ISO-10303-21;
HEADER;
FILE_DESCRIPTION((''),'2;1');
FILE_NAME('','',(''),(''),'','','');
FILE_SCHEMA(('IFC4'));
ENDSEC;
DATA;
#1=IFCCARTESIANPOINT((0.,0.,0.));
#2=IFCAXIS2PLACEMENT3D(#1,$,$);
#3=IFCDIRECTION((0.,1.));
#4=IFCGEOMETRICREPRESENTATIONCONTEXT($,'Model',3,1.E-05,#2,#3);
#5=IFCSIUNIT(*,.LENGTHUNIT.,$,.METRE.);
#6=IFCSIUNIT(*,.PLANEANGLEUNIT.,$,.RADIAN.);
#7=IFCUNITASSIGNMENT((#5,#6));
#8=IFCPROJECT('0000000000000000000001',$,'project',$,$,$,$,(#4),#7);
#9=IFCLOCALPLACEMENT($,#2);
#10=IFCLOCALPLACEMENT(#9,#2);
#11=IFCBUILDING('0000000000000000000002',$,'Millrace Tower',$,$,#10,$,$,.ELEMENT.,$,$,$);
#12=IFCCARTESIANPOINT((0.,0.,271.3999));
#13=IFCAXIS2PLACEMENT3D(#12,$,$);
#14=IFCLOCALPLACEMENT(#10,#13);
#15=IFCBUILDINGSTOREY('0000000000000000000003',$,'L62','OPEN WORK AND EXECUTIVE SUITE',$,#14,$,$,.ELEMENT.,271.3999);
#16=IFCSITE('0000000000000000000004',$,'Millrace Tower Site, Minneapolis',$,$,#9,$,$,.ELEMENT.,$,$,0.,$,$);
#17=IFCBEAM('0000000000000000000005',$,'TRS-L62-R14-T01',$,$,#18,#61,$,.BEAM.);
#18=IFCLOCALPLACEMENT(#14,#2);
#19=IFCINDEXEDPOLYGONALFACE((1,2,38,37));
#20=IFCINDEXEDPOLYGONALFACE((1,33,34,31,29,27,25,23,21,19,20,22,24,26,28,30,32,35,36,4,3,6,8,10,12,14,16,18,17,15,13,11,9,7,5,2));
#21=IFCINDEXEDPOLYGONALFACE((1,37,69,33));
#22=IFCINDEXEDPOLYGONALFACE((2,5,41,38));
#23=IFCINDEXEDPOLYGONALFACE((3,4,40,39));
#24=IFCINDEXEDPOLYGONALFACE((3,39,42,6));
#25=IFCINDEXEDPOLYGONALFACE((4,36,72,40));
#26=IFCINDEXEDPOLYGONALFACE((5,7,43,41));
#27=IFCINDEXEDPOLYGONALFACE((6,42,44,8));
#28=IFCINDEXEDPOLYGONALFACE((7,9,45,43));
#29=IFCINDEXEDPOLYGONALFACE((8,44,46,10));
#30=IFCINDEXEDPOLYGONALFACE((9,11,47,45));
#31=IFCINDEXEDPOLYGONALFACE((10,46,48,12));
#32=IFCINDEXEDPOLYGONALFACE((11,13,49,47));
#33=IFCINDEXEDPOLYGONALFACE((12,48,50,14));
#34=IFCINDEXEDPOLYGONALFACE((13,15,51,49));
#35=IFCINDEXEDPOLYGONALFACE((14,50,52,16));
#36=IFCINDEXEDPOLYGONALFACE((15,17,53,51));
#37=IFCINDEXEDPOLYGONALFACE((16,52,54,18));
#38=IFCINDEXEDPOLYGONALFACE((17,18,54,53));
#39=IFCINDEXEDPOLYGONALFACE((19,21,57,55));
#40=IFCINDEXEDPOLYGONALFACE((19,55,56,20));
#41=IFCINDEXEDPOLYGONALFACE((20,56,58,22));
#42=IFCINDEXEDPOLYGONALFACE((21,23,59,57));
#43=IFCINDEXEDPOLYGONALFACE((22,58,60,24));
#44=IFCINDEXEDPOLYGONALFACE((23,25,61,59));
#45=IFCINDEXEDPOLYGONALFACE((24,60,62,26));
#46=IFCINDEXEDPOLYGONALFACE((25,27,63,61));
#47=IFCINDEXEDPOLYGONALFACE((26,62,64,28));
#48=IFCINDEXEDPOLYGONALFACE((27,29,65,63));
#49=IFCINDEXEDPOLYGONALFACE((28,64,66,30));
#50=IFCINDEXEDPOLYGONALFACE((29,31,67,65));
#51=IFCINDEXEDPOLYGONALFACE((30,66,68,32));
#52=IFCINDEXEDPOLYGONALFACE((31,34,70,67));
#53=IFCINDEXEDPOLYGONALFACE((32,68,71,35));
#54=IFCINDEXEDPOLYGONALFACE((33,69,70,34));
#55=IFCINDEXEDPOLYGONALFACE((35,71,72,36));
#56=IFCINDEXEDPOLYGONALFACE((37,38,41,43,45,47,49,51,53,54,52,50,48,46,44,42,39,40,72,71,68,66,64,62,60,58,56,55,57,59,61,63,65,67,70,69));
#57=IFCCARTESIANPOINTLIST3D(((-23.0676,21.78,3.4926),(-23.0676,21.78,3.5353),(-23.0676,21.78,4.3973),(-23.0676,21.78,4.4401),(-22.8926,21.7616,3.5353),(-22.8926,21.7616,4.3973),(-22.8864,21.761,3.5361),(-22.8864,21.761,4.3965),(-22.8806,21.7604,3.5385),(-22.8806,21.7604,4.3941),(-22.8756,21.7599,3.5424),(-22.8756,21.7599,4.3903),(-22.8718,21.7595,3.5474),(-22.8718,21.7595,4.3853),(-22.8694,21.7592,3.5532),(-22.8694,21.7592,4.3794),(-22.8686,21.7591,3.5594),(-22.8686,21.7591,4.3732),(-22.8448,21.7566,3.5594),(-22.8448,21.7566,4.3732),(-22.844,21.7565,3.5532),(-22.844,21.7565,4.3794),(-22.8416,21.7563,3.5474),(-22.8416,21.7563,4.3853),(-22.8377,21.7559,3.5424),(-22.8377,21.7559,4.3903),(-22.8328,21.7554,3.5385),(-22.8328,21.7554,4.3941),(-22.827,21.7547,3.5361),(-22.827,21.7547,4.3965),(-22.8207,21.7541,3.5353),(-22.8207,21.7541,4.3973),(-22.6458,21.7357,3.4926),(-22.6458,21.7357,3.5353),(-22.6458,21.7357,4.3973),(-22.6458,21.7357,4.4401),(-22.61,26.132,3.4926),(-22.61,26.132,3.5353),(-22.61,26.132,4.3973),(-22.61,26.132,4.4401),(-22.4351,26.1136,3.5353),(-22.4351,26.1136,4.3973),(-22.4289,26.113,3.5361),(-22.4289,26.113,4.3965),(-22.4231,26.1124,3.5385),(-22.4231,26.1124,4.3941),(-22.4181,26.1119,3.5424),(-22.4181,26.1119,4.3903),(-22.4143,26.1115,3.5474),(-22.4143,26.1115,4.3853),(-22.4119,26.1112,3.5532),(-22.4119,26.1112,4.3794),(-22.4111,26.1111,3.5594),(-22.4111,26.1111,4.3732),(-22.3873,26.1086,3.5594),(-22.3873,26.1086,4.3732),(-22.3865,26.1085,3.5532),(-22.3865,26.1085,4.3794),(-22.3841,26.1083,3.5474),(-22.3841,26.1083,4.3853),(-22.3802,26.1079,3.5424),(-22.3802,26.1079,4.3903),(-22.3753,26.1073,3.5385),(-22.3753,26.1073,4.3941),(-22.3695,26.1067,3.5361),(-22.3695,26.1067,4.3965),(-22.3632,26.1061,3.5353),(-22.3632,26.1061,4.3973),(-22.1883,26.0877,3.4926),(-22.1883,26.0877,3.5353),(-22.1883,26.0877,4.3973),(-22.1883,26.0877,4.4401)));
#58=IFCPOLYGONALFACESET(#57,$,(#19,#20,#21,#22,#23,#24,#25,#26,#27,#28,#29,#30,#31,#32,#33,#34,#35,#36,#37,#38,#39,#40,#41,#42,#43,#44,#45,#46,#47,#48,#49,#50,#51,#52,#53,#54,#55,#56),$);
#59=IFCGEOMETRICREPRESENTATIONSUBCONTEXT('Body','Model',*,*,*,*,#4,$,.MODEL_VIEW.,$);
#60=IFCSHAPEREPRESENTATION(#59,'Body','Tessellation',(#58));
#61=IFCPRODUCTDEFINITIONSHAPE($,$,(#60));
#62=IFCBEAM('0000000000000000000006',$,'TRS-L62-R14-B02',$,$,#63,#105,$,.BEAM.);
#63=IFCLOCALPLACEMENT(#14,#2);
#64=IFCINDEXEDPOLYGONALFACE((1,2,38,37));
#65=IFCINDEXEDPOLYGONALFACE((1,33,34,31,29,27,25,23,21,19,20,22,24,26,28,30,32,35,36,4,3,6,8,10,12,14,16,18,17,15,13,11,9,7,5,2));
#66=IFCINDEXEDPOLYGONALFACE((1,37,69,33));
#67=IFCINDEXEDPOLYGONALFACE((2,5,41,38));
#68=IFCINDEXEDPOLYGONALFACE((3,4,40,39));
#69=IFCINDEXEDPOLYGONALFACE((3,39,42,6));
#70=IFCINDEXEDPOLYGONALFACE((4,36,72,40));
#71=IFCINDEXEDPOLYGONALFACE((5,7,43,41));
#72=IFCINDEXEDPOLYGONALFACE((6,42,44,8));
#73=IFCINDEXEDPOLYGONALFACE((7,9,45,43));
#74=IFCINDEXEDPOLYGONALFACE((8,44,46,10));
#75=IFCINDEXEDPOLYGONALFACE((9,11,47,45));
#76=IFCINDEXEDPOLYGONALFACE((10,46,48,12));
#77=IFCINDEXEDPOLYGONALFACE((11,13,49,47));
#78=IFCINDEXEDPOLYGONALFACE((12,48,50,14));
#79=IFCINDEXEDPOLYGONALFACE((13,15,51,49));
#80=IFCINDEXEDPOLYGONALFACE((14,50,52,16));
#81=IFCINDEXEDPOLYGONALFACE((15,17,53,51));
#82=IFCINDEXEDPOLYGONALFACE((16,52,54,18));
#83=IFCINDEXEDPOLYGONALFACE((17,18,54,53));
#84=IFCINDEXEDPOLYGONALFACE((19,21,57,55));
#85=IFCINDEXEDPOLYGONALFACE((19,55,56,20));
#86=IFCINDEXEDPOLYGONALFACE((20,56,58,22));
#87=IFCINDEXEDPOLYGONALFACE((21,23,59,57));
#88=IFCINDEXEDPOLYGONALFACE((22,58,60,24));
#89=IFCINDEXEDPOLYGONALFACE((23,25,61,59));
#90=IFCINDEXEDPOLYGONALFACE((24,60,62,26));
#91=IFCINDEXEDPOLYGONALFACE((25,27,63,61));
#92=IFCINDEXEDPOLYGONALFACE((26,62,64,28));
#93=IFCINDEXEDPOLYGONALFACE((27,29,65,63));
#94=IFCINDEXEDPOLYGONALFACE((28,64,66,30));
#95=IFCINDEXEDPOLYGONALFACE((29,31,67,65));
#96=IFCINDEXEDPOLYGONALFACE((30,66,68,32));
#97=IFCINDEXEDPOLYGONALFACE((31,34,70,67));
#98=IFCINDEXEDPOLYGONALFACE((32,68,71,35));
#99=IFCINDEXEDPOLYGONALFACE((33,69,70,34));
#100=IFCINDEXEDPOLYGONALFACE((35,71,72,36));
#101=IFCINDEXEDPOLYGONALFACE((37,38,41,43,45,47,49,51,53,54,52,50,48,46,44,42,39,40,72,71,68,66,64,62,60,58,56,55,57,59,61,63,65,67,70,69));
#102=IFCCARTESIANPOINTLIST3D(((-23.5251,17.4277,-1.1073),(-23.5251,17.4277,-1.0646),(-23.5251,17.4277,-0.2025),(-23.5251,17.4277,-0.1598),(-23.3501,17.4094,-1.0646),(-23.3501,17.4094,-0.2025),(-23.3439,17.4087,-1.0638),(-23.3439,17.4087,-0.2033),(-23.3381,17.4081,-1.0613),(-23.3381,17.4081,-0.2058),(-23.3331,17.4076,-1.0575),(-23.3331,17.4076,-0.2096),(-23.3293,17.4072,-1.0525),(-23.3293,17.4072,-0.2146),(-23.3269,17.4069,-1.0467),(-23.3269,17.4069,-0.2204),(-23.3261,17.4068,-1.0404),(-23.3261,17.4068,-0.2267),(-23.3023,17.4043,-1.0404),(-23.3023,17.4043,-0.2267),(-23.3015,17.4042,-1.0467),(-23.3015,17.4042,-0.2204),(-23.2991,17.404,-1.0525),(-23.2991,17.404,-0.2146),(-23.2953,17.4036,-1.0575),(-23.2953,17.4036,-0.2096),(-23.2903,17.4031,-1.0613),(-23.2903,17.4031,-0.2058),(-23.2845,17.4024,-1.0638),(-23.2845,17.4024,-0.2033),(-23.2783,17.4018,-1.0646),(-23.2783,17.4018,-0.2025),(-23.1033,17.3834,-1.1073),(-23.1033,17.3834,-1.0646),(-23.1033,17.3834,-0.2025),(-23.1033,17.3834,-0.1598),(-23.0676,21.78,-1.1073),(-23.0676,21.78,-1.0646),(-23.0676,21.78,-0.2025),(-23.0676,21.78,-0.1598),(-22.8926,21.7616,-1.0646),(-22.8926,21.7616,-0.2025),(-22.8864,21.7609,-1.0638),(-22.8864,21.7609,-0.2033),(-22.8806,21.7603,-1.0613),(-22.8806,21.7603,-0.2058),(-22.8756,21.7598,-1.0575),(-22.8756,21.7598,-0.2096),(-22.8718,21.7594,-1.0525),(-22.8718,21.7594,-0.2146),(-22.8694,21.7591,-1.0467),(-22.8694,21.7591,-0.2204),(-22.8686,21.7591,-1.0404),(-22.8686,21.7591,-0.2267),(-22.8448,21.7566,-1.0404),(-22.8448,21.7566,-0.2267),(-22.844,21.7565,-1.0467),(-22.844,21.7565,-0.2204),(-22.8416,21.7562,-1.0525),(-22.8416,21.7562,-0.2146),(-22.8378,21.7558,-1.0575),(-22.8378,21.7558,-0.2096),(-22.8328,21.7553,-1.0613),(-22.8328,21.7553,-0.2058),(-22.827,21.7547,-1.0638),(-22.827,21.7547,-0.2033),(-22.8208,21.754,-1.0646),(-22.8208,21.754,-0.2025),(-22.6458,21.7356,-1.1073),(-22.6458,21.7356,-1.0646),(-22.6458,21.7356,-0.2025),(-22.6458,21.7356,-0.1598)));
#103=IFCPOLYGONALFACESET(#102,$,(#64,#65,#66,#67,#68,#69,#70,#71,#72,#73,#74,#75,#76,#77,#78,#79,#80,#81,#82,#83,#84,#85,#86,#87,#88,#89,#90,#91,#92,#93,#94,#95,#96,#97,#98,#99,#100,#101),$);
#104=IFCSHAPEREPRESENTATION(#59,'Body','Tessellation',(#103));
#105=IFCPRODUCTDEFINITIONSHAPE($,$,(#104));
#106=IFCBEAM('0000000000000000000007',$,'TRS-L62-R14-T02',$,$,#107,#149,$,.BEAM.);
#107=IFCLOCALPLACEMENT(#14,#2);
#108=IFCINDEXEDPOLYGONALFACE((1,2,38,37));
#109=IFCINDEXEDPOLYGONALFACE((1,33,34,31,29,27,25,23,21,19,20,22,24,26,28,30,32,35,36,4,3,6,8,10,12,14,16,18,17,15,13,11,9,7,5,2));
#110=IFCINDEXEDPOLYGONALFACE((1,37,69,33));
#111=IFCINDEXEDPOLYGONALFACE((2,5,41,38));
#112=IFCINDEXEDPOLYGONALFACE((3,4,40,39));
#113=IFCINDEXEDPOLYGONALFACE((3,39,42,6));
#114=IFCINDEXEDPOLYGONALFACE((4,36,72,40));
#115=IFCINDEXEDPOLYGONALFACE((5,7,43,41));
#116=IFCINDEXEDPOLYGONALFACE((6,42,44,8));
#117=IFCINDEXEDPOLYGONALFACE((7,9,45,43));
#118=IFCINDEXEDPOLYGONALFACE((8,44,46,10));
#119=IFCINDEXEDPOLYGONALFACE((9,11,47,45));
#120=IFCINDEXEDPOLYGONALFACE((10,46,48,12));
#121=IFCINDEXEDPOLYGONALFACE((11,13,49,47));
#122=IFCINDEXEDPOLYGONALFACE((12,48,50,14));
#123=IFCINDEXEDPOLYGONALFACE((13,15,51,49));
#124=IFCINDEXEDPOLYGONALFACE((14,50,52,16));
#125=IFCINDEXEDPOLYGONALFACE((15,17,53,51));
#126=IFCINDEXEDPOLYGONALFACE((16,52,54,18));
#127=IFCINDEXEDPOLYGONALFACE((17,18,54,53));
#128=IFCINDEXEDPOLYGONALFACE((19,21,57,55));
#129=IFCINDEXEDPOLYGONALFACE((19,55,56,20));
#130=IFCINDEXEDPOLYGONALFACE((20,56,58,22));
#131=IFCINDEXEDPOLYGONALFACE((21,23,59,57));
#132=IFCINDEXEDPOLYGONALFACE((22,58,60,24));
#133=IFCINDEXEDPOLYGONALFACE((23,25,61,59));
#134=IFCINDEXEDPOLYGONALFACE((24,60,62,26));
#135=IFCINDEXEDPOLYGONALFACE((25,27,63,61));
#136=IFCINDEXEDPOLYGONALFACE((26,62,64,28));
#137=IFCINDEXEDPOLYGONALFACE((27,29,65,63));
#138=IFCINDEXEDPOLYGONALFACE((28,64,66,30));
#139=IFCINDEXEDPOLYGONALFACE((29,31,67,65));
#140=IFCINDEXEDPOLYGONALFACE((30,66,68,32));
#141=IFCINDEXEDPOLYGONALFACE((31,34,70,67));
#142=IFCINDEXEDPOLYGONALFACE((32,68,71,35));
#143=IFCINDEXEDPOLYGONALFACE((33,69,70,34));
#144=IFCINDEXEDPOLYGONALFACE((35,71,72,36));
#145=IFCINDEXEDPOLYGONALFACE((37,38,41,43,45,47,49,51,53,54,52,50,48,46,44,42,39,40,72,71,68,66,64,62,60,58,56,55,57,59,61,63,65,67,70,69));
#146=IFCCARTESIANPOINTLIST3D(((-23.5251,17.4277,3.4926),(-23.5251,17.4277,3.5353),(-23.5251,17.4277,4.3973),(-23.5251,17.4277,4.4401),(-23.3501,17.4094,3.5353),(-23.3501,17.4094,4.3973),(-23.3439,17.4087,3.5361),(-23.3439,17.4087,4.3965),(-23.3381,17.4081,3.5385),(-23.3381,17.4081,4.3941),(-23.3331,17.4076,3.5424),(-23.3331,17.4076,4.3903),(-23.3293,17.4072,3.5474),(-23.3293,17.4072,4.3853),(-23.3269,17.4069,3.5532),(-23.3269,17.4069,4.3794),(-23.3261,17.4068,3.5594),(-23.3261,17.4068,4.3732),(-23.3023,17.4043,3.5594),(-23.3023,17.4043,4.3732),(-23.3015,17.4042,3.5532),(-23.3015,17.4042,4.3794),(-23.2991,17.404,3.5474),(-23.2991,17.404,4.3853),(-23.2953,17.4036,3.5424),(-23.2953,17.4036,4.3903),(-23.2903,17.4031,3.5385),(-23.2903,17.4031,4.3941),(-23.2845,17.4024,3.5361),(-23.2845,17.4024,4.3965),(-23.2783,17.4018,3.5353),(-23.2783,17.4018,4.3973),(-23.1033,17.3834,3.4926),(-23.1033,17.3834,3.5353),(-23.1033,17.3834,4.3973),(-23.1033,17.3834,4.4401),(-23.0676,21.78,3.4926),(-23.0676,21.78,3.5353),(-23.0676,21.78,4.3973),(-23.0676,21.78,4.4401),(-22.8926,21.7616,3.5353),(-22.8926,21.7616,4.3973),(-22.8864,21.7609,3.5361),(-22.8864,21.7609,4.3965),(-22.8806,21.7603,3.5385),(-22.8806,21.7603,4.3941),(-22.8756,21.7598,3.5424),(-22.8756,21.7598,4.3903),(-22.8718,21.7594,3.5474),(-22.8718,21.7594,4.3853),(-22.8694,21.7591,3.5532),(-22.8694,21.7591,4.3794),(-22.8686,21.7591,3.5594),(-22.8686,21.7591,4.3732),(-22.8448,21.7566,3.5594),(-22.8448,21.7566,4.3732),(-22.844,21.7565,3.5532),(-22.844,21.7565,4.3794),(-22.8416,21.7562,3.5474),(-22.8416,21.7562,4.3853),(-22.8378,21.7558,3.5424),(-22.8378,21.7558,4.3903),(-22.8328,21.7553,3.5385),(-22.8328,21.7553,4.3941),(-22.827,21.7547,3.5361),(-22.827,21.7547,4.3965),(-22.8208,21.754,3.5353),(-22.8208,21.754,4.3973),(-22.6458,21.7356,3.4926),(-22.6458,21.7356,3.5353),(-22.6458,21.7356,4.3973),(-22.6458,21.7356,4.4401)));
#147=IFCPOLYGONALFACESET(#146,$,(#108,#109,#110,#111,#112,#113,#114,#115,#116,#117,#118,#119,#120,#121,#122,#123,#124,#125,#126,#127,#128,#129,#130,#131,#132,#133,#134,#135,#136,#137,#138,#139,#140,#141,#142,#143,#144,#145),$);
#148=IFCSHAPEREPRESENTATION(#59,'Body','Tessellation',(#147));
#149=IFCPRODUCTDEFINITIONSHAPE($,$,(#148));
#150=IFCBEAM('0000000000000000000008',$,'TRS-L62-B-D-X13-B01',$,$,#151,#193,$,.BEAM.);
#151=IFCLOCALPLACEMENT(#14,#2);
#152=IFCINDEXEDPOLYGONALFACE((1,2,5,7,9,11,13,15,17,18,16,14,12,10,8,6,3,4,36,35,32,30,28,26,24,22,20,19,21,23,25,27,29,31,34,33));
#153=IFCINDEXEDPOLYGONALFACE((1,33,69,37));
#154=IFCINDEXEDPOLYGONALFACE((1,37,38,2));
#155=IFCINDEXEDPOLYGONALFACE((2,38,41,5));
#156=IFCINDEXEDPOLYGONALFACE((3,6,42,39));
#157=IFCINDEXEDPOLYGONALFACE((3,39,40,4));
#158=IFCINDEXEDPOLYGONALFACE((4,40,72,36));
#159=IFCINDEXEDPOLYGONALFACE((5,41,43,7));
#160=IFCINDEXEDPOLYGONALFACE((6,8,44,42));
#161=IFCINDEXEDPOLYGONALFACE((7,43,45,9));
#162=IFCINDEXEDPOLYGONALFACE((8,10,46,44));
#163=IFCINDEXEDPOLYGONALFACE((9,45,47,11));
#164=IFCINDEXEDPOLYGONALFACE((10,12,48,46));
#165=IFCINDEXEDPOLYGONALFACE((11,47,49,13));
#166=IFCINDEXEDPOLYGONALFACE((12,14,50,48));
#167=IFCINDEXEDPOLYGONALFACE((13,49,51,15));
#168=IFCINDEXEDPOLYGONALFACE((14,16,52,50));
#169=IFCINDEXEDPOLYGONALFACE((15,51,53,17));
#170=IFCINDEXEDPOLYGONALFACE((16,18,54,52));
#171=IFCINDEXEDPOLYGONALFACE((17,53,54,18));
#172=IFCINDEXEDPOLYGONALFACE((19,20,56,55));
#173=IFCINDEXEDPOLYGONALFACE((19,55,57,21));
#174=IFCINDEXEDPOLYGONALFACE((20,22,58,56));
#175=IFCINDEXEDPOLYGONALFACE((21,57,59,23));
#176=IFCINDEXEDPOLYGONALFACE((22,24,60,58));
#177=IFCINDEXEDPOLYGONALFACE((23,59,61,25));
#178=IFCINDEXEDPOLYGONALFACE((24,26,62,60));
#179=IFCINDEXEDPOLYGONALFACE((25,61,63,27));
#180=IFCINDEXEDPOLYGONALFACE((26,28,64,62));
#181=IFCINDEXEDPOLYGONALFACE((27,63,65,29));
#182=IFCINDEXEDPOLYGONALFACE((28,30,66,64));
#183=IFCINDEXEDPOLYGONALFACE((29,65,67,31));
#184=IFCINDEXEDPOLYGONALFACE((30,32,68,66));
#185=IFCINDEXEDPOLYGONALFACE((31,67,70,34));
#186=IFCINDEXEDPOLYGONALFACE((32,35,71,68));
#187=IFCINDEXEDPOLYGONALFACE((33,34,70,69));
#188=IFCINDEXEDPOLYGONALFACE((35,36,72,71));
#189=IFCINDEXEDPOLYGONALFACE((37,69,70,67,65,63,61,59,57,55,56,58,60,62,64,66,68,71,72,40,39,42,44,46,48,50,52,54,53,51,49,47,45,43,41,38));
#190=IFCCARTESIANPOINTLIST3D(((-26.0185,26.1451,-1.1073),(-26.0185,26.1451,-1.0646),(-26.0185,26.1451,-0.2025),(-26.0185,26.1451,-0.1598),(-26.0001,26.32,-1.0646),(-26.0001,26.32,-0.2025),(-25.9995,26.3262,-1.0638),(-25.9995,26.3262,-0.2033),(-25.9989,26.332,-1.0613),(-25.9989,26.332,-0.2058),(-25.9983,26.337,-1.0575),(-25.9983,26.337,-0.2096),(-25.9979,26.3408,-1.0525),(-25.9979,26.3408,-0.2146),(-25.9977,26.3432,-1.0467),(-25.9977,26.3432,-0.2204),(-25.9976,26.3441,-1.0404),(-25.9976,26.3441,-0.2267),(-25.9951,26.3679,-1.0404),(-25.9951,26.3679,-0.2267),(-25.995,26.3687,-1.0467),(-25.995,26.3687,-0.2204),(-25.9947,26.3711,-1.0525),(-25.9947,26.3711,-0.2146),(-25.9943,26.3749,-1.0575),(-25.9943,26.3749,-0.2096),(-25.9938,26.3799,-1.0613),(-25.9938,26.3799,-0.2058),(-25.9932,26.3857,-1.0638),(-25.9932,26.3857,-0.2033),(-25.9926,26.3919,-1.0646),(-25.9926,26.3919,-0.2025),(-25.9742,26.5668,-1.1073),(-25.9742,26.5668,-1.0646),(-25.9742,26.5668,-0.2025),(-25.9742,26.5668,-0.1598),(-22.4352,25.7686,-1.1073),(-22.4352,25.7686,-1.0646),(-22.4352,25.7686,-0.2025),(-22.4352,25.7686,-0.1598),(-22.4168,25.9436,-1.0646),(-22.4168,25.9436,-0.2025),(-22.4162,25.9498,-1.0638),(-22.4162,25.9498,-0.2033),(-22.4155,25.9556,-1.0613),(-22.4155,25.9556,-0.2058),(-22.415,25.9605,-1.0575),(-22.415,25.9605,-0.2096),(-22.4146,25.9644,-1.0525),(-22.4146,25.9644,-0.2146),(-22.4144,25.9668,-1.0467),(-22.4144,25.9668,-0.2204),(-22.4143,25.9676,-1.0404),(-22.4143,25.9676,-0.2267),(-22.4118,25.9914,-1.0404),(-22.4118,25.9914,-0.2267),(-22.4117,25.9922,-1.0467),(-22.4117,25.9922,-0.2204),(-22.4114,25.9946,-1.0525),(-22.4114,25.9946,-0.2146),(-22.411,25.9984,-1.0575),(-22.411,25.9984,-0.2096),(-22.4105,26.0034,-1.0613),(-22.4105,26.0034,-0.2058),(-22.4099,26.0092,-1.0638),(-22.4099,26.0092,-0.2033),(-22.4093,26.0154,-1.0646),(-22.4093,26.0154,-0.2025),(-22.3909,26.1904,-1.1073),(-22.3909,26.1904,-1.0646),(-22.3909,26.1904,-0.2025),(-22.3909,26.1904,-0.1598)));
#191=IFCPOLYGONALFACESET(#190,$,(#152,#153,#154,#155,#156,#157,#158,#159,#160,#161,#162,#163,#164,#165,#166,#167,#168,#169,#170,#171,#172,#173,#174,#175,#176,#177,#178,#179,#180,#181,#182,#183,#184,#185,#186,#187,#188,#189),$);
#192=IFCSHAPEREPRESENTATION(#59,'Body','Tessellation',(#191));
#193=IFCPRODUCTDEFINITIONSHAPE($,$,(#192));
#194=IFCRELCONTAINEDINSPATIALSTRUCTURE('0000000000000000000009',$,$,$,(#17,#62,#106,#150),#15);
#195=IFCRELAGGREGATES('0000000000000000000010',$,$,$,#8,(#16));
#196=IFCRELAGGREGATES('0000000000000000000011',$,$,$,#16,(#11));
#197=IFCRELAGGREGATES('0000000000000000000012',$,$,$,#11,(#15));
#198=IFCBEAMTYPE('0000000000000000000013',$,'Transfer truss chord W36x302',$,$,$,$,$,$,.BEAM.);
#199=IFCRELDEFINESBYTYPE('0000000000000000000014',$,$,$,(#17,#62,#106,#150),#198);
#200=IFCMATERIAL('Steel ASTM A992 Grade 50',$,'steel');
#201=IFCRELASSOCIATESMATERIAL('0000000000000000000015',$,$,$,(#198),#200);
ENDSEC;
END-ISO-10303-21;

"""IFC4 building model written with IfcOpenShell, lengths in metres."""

from ifc_helpers import new_model, si_unit, direction, frame, origin, origin_2d, place, context, subcontext, project, spatial, i_section, extrude, material, material_profile, profile_set, type_object, element, save


model = new_model("IFC4")

# Units and contexts
model_context = context("Model", 3, precision=1e-05, world=origin(), true_north=direction((0.0, 1.0)))
body_context = subcontext(model_context, "Body", "Model", "MODEL_VIEW")
ifc_project = project(units=[si_unit("LENGTHUNIT", "METRE"), si_unit("PLANEANGLEUNIT", "RADIAN")], contexts=[model_context])

# Site, building, storey
site_placement = place(None, origin())
site = spatial("IfcSite", under=ifc_project, at=site_placement, Name="Millrace Tower Site, Minneapolis", CompositionType="ELEMENT", RefElevation=0.0)
building_placement = place(site_placement, origin())
building = spatial("IfcBuilding", under=site, at=building_placement, Name="Millrace Tower", CompositionType="ELEMENT")
storey_placement = place(building_placement, frame((0.0, 0.0, 271.3999)))
storey = spatial("IfcBuildingStorey", under=building, at=storey_placement, Name="L62", Description="OPEN WORK AND EXECUTIVE SUITE", CompositionType="ELEMENT", Elevation=271.3999)

# Beams
ifc_material_1 = material(Name="Steel ASTM A992 Grade 50", Category="steel")
ifc_material_profile_1 = material_profile(ifc_material_1, i_section(OverallWidth=0.4241, OverallDepth=0.9475, WebThickness=0.0239, FlangeThickness=0.0427, FilletRadius=0.0242, at=origin_2d()))
ifc_profile_set_1 = profile_set([ifc_material_profile_1], Name="Steel ASTM A992 Grade 50")
beam_type = type_object("IfcBeamType", Name="Transfer truss chord W36x302", PredefinedType="BEAM", material=ifc_profile_set_1)
for number, where, z_axis, x_axis, name in (
    (1, (-22.3992, 26.1099, 3.9663), (-0.104551, -0.99452, 0.0), (0.99452, -0.104551, 0.0), "TRS-L62-R14-T01"),
):
    element("IfcBeam", number, at=place(storey_placement, frame(where, z_axis=z_axis, x_axis=x_axis)), inside=storey, type_object=beam_type, Name=name, PredefinedType="BEAM", context=body_context, shape_type="SweptSolid", body=[
        extrude(i_section(OverallWidth=0.4241, OverallDepth=0.9475, WebThickness=0.0239, FlangeThickness=0.0427, FilletRadius=0.0242, at=origin_2d()), origin(), (0.0, 0.0, 1.0), 4.376),
    ])
for number, where, z_axis, x_axis, name in (
    (2, (-22.8567, 21.7578, -0.6335), (-0.104545, -0.99452, 0.0), (0.99452, -0.104545, 0.0), "TRS-L62-R14-B02"),
    (3, (-22.8567, 21.7578, 3.9663), (-0.104545, -0.99452, 0.0), (0.99452, -0.104545, 0.0), "TRS-L62-R14-T02"),
):
    element("IfcBeam", number, at=place(storey_placement, frame(where, z_axis=z_axis, x_axis=x_axis)), inside=storey, type_object=beam_type, Name=name, PredefinedType="BEAM", context=body_context, shape_type="SweptSolid", body=[
        extrude(i_section(OverallWidth=0.4241, OverallDepth=0.9475, WebThickness=0.0239, FlangeThickness=0.0427, FilletRadius=0.0242, at=origin_2d()), origin(), (0.0, 0.0, 1.0), 4.3762),
    ])
for number, where, z_axis, x_axis, name in (
    (4, (-25.9963, 26.356, -0.6335), (0.994526, -0.104487, 0.0), (0.104487, 0.994526, 0.0), "TRS-L62-B-D-X13-B01"),
):
    element("IfcBeam", number, at=place(storey_placement, frame(where, z_axis=z_axis, x_axis=x_axis)), inside=storey, type_object=beam_type, Name=name, PredefinedType="BEAM", context=body_context, shape_type="SweptSolid", body=[
        extrude(i_section(OverallWidth=0.4241, OverallDepth=0.9475, WebThickness=0.0239, FlangeThickness=0.0427, FilletRadius=0.0242, at=origin_2d()), origin(), (0.0, 0.0, 1.0), 3.603),
    ])

save(model, "model.ifc")
